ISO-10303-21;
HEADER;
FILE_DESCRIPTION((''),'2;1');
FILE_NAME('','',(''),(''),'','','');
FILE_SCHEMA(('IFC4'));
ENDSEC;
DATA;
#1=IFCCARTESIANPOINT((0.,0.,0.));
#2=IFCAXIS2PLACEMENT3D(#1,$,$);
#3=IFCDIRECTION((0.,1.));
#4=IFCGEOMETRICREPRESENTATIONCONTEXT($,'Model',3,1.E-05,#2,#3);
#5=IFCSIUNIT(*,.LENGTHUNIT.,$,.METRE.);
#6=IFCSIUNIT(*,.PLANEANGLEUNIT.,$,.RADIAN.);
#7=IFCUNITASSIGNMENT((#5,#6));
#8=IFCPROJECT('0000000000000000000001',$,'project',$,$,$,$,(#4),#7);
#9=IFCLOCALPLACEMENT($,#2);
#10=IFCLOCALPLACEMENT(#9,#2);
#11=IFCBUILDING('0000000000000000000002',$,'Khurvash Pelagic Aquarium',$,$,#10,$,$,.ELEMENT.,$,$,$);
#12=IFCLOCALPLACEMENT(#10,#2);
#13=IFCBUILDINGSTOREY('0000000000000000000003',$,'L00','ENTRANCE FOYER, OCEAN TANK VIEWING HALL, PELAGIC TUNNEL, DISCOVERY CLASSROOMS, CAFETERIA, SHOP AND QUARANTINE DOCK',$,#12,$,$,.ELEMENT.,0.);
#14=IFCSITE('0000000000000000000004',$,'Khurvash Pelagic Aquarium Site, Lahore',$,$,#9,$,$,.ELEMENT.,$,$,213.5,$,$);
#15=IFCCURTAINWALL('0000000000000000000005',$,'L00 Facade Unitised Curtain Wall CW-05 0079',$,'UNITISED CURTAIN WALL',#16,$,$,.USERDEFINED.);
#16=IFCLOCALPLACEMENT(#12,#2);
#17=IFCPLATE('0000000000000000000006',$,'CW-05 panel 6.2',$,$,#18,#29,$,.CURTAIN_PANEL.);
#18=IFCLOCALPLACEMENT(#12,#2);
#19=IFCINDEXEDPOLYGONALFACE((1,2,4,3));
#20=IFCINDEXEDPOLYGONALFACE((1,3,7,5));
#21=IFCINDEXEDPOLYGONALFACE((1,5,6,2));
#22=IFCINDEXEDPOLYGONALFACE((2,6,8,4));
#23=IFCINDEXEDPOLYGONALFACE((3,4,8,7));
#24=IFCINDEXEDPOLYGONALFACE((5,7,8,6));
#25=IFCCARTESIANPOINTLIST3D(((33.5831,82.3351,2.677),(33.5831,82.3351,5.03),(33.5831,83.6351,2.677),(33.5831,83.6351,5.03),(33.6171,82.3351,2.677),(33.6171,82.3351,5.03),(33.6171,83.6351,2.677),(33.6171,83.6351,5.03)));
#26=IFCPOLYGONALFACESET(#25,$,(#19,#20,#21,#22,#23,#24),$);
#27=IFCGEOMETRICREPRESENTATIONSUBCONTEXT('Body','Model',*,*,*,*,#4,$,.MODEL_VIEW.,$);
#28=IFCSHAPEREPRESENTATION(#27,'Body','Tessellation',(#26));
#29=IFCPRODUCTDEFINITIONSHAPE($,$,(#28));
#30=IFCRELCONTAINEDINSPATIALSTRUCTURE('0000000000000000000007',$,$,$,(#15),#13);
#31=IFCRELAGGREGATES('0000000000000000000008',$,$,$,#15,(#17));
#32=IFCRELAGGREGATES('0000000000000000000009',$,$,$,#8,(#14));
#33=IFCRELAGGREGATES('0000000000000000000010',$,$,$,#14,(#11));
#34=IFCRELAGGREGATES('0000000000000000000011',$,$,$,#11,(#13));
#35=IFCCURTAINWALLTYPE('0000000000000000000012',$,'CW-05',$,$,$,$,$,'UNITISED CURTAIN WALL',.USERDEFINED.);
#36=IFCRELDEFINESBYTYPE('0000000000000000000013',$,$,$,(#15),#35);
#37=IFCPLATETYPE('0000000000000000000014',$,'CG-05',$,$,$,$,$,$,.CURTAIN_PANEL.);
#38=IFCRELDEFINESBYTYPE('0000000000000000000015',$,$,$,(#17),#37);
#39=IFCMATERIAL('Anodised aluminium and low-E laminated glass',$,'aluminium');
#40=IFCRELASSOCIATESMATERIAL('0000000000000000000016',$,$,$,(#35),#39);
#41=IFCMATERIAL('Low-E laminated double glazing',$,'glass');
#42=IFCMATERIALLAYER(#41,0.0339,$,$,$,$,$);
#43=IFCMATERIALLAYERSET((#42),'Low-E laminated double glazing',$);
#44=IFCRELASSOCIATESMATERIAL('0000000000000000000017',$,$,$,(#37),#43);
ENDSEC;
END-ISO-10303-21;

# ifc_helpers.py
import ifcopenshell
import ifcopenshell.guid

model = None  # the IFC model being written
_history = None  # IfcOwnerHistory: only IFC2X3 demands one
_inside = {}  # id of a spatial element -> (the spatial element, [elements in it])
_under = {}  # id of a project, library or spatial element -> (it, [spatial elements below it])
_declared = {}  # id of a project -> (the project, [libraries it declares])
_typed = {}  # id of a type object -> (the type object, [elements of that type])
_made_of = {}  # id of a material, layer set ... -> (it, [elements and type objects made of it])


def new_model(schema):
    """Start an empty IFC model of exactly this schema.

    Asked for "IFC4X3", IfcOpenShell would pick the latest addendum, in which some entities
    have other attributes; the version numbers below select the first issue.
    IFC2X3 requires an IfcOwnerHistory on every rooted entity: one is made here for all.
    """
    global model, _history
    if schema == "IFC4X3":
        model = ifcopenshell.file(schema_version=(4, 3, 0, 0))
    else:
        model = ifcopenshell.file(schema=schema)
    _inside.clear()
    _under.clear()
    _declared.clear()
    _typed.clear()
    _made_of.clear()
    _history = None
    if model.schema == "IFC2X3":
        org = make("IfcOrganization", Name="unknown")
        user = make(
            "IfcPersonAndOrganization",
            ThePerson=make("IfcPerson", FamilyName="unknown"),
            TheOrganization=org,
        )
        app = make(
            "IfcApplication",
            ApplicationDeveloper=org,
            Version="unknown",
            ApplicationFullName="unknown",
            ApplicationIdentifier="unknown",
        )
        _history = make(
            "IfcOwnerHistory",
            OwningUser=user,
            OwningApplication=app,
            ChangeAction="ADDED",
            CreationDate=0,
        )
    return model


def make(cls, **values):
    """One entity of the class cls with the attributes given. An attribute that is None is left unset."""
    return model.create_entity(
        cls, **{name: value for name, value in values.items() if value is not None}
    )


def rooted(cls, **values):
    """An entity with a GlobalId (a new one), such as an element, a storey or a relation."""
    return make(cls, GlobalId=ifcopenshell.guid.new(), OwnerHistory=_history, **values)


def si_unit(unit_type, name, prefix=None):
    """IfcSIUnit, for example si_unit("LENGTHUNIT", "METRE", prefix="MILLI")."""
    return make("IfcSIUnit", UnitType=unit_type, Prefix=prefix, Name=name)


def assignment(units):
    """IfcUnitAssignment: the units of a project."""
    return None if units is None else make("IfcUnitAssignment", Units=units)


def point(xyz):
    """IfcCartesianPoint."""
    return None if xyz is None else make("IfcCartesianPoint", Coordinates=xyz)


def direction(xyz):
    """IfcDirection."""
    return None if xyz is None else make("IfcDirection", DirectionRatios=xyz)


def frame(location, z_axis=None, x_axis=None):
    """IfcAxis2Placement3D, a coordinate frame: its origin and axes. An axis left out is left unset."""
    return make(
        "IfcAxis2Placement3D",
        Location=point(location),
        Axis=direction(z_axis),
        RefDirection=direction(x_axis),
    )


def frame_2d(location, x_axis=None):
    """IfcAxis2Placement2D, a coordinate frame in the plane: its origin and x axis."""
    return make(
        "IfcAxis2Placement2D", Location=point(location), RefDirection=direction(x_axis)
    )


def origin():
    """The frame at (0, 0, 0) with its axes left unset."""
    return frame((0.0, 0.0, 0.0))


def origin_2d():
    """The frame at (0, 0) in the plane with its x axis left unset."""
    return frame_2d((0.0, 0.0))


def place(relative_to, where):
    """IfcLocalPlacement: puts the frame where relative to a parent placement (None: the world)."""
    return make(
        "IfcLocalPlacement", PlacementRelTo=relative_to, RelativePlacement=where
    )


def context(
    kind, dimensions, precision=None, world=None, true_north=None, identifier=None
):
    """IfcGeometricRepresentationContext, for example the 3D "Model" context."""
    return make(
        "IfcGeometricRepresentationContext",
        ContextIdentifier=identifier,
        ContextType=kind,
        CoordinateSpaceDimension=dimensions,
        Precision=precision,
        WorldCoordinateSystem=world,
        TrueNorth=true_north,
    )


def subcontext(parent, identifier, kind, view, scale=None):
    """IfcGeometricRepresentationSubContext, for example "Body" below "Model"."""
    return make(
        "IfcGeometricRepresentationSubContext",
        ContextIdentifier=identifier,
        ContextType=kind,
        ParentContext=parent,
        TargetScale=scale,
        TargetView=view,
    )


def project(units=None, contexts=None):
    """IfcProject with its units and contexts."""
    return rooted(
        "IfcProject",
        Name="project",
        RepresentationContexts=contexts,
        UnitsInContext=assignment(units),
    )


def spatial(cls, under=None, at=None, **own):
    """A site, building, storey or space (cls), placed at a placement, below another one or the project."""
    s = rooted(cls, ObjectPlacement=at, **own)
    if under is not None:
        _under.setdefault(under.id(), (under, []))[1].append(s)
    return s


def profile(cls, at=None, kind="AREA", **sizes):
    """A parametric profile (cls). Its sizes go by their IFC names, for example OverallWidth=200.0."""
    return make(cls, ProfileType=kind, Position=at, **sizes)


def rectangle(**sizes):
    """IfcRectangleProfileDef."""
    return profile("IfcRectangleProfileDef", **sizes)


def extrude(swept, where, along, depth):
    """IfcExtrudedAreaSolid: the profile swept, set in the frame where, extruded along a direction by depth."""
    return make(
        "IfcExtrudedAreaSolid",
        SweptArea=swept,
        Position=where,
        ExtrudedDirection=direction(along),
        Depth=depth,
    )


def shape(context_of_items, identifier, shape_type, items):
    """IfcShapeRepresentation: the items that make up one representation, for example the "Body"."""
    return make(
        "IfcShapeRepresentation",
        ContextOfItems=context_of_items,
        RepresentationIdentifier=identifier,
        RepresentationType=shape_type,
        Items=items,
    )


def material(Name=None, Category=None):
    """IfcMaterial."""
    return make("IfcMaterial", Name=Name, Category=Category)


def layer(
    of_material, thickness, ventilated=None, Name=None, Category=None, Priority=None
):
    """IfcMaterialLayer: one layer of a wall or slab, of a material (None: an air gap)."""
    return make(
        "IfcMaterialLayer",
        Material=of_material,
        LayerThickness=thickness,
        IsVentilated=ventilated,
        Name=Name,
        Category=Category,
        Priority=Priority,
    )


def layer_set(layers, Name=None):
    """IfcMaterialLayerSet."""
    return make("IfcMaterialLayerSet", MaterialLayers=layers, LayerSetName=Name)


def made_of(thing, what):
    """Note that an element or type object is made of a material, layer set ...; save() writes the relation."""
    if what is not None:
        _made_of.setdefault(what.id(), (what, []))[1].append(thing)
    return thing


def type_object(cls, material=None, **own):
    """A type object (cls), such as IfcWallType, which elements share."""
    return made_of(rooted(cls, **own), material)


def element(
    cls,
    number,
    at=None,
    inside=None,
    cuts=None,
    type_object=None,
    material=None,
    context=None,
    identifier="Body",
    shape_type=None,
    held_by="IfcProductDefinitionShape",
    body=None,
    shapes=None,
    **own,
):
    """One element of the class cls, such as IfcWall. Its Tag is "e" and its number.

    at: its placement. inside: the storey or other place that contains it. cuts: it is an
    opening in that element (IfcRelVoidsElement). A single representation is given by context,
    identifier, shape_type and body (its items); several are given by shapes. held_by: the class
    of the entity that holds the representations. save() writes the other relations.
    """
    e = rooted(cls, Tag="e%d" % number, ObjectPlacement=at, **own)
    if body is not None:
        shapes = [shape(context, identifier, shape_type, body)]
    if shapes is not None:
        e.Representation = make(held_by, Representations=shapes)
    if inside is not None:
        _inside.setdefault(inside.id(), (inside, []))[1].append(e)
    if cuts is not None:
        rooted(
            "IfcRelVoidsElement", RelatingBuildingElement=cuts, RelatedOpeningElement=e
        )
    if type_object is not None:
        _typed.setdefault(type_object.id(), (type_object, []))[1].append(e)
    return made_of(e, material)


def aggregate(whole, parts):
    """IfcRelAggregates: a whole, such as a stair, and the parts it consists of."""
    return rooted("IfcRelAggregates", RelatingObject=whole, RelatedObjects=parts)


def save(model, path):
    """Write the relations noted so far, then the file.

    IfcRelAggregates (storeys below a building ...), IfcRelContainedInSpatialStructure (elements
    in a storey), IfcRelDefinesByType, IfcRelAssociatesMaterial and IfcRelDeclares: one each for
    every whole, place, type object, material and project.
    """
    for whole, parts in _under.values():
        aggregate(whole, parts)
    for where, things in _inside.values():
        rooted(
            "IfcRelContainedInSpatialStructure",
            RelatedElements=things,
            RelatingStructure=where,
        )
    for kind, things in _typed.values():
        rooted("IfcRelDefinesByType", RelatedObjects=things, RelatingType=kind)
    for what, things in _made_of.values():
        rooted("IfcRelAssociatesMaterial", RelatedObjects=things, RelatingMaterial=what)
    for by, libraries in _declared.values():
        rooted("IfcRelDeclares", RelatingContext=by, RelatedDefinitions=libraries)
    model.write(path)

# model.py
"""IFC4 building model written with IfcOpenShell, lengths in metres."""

from ifc_helpers import new_model, si_unit, direction, frame, origin, origin_2d, place, context, subcontext, project, spatial, rectangle, extrude, material, layer, layer_set, type_object, element, aggregate, save


model = new_model("IFC4")

# Units and contexts
model_context = context("Model", 3, precision=1e-05, world=origin(), true_north=direction((0.0, 1.0)))
body_context = subcontext(model_context, "Body", "Model", "MODEL_VIEW")
ifc_project = project(units=[si_unit("LENGTHUNIT", "METRE"), si_unit("PLANEANGLEUNIT", "RADIAN")], contexts=[model_context])

# Site, building, storey
site_placement = place(None, origin())
site = spatial("IfcSite", under=ifc_project, at=site_placement, Name="Khurvash Pelagic Aquarium Site, Lahore", CompositionType="ELEMENT", RefElevation=213.5)
building_placement = place(site_placement, origin())
building = spatial("IfcBuilding", under=site, at=building_placement, Name="Khurvash Pelagic Aquarium", CompositionType="ELEMENT")
storey_placement = place(building_placement, origin())
storey = spatial("IfcBuildingStorey", under=building, at=storey_placement, Name="L00", Description="ENTRANCE FOYER, OCEAN TANK VIEWING HALL, PELAGIC TUNNEL, DISCOVERY CLASSROOMS, CAFETERIA, SHOP AND QUARANTINE DOCK", CompositionType="ELEMENT", Elevation=0.0)

# Curtain wall
ifc_material_1 = material(Name="Anodised aluminium and low-E laminated glass", Category="aluminium")
curtain_wall_type = type_object("IfcCurtainWallType", Name="CW-05", ElementType="UNITISED CURTAIN WALL", PredefinedType="USERDEFINED", material=ifc_material_1)
curtain_wall_placement = place(storey_placement, origin())
curtain_wall = element("IfcCurtainWall", 1, at=curtain_wall_placement, inside=storey, type_object=curtain_wall_type, Name="L00 Facade Unitised Curtain Wall CW-05 0079", ObjectType="UNITISED CURTAIN WALL", PredefinedType="USERDEFINED")

# Plate
ifc_material_2 = material(Name="Low-E laminated double glazing", Category="glass")
ifc_layer = layer(ifc_material_2, 0.0339)
ifc_layer_set = layer_set([ifc_layer], Name="Low-E laminated double glazing")
plate_type = type_object("IfcPlateType", Name="CG-05", PredefinedType="CURTAIN_PANEL", material=ifc_layer_set)
plate_1_placement = place(storey_placement, frame((33.6001, 82.9851, 2.677), z_axis=(0.0, 0.0, 1.0), x_axis=(0.0, 1.0, 0.0)))
plate_1 = element("IfcPlate", 2, at=plate_1_placement, type_object=plate_type, Name="CW-05 panel 6.2", PredefinedType="CURTAIN_PANEL", context=body_context, shape_type="SweptSolid", body=[
    extrude(rectangle(XDim=1.3, YDim=0.0339, at=origin_2d()), origin(), (0.0, 0.0, 1.0), 2.353),
])
aggregate(curtain_wall, [plate_1])

save(model, "model.ifc")
